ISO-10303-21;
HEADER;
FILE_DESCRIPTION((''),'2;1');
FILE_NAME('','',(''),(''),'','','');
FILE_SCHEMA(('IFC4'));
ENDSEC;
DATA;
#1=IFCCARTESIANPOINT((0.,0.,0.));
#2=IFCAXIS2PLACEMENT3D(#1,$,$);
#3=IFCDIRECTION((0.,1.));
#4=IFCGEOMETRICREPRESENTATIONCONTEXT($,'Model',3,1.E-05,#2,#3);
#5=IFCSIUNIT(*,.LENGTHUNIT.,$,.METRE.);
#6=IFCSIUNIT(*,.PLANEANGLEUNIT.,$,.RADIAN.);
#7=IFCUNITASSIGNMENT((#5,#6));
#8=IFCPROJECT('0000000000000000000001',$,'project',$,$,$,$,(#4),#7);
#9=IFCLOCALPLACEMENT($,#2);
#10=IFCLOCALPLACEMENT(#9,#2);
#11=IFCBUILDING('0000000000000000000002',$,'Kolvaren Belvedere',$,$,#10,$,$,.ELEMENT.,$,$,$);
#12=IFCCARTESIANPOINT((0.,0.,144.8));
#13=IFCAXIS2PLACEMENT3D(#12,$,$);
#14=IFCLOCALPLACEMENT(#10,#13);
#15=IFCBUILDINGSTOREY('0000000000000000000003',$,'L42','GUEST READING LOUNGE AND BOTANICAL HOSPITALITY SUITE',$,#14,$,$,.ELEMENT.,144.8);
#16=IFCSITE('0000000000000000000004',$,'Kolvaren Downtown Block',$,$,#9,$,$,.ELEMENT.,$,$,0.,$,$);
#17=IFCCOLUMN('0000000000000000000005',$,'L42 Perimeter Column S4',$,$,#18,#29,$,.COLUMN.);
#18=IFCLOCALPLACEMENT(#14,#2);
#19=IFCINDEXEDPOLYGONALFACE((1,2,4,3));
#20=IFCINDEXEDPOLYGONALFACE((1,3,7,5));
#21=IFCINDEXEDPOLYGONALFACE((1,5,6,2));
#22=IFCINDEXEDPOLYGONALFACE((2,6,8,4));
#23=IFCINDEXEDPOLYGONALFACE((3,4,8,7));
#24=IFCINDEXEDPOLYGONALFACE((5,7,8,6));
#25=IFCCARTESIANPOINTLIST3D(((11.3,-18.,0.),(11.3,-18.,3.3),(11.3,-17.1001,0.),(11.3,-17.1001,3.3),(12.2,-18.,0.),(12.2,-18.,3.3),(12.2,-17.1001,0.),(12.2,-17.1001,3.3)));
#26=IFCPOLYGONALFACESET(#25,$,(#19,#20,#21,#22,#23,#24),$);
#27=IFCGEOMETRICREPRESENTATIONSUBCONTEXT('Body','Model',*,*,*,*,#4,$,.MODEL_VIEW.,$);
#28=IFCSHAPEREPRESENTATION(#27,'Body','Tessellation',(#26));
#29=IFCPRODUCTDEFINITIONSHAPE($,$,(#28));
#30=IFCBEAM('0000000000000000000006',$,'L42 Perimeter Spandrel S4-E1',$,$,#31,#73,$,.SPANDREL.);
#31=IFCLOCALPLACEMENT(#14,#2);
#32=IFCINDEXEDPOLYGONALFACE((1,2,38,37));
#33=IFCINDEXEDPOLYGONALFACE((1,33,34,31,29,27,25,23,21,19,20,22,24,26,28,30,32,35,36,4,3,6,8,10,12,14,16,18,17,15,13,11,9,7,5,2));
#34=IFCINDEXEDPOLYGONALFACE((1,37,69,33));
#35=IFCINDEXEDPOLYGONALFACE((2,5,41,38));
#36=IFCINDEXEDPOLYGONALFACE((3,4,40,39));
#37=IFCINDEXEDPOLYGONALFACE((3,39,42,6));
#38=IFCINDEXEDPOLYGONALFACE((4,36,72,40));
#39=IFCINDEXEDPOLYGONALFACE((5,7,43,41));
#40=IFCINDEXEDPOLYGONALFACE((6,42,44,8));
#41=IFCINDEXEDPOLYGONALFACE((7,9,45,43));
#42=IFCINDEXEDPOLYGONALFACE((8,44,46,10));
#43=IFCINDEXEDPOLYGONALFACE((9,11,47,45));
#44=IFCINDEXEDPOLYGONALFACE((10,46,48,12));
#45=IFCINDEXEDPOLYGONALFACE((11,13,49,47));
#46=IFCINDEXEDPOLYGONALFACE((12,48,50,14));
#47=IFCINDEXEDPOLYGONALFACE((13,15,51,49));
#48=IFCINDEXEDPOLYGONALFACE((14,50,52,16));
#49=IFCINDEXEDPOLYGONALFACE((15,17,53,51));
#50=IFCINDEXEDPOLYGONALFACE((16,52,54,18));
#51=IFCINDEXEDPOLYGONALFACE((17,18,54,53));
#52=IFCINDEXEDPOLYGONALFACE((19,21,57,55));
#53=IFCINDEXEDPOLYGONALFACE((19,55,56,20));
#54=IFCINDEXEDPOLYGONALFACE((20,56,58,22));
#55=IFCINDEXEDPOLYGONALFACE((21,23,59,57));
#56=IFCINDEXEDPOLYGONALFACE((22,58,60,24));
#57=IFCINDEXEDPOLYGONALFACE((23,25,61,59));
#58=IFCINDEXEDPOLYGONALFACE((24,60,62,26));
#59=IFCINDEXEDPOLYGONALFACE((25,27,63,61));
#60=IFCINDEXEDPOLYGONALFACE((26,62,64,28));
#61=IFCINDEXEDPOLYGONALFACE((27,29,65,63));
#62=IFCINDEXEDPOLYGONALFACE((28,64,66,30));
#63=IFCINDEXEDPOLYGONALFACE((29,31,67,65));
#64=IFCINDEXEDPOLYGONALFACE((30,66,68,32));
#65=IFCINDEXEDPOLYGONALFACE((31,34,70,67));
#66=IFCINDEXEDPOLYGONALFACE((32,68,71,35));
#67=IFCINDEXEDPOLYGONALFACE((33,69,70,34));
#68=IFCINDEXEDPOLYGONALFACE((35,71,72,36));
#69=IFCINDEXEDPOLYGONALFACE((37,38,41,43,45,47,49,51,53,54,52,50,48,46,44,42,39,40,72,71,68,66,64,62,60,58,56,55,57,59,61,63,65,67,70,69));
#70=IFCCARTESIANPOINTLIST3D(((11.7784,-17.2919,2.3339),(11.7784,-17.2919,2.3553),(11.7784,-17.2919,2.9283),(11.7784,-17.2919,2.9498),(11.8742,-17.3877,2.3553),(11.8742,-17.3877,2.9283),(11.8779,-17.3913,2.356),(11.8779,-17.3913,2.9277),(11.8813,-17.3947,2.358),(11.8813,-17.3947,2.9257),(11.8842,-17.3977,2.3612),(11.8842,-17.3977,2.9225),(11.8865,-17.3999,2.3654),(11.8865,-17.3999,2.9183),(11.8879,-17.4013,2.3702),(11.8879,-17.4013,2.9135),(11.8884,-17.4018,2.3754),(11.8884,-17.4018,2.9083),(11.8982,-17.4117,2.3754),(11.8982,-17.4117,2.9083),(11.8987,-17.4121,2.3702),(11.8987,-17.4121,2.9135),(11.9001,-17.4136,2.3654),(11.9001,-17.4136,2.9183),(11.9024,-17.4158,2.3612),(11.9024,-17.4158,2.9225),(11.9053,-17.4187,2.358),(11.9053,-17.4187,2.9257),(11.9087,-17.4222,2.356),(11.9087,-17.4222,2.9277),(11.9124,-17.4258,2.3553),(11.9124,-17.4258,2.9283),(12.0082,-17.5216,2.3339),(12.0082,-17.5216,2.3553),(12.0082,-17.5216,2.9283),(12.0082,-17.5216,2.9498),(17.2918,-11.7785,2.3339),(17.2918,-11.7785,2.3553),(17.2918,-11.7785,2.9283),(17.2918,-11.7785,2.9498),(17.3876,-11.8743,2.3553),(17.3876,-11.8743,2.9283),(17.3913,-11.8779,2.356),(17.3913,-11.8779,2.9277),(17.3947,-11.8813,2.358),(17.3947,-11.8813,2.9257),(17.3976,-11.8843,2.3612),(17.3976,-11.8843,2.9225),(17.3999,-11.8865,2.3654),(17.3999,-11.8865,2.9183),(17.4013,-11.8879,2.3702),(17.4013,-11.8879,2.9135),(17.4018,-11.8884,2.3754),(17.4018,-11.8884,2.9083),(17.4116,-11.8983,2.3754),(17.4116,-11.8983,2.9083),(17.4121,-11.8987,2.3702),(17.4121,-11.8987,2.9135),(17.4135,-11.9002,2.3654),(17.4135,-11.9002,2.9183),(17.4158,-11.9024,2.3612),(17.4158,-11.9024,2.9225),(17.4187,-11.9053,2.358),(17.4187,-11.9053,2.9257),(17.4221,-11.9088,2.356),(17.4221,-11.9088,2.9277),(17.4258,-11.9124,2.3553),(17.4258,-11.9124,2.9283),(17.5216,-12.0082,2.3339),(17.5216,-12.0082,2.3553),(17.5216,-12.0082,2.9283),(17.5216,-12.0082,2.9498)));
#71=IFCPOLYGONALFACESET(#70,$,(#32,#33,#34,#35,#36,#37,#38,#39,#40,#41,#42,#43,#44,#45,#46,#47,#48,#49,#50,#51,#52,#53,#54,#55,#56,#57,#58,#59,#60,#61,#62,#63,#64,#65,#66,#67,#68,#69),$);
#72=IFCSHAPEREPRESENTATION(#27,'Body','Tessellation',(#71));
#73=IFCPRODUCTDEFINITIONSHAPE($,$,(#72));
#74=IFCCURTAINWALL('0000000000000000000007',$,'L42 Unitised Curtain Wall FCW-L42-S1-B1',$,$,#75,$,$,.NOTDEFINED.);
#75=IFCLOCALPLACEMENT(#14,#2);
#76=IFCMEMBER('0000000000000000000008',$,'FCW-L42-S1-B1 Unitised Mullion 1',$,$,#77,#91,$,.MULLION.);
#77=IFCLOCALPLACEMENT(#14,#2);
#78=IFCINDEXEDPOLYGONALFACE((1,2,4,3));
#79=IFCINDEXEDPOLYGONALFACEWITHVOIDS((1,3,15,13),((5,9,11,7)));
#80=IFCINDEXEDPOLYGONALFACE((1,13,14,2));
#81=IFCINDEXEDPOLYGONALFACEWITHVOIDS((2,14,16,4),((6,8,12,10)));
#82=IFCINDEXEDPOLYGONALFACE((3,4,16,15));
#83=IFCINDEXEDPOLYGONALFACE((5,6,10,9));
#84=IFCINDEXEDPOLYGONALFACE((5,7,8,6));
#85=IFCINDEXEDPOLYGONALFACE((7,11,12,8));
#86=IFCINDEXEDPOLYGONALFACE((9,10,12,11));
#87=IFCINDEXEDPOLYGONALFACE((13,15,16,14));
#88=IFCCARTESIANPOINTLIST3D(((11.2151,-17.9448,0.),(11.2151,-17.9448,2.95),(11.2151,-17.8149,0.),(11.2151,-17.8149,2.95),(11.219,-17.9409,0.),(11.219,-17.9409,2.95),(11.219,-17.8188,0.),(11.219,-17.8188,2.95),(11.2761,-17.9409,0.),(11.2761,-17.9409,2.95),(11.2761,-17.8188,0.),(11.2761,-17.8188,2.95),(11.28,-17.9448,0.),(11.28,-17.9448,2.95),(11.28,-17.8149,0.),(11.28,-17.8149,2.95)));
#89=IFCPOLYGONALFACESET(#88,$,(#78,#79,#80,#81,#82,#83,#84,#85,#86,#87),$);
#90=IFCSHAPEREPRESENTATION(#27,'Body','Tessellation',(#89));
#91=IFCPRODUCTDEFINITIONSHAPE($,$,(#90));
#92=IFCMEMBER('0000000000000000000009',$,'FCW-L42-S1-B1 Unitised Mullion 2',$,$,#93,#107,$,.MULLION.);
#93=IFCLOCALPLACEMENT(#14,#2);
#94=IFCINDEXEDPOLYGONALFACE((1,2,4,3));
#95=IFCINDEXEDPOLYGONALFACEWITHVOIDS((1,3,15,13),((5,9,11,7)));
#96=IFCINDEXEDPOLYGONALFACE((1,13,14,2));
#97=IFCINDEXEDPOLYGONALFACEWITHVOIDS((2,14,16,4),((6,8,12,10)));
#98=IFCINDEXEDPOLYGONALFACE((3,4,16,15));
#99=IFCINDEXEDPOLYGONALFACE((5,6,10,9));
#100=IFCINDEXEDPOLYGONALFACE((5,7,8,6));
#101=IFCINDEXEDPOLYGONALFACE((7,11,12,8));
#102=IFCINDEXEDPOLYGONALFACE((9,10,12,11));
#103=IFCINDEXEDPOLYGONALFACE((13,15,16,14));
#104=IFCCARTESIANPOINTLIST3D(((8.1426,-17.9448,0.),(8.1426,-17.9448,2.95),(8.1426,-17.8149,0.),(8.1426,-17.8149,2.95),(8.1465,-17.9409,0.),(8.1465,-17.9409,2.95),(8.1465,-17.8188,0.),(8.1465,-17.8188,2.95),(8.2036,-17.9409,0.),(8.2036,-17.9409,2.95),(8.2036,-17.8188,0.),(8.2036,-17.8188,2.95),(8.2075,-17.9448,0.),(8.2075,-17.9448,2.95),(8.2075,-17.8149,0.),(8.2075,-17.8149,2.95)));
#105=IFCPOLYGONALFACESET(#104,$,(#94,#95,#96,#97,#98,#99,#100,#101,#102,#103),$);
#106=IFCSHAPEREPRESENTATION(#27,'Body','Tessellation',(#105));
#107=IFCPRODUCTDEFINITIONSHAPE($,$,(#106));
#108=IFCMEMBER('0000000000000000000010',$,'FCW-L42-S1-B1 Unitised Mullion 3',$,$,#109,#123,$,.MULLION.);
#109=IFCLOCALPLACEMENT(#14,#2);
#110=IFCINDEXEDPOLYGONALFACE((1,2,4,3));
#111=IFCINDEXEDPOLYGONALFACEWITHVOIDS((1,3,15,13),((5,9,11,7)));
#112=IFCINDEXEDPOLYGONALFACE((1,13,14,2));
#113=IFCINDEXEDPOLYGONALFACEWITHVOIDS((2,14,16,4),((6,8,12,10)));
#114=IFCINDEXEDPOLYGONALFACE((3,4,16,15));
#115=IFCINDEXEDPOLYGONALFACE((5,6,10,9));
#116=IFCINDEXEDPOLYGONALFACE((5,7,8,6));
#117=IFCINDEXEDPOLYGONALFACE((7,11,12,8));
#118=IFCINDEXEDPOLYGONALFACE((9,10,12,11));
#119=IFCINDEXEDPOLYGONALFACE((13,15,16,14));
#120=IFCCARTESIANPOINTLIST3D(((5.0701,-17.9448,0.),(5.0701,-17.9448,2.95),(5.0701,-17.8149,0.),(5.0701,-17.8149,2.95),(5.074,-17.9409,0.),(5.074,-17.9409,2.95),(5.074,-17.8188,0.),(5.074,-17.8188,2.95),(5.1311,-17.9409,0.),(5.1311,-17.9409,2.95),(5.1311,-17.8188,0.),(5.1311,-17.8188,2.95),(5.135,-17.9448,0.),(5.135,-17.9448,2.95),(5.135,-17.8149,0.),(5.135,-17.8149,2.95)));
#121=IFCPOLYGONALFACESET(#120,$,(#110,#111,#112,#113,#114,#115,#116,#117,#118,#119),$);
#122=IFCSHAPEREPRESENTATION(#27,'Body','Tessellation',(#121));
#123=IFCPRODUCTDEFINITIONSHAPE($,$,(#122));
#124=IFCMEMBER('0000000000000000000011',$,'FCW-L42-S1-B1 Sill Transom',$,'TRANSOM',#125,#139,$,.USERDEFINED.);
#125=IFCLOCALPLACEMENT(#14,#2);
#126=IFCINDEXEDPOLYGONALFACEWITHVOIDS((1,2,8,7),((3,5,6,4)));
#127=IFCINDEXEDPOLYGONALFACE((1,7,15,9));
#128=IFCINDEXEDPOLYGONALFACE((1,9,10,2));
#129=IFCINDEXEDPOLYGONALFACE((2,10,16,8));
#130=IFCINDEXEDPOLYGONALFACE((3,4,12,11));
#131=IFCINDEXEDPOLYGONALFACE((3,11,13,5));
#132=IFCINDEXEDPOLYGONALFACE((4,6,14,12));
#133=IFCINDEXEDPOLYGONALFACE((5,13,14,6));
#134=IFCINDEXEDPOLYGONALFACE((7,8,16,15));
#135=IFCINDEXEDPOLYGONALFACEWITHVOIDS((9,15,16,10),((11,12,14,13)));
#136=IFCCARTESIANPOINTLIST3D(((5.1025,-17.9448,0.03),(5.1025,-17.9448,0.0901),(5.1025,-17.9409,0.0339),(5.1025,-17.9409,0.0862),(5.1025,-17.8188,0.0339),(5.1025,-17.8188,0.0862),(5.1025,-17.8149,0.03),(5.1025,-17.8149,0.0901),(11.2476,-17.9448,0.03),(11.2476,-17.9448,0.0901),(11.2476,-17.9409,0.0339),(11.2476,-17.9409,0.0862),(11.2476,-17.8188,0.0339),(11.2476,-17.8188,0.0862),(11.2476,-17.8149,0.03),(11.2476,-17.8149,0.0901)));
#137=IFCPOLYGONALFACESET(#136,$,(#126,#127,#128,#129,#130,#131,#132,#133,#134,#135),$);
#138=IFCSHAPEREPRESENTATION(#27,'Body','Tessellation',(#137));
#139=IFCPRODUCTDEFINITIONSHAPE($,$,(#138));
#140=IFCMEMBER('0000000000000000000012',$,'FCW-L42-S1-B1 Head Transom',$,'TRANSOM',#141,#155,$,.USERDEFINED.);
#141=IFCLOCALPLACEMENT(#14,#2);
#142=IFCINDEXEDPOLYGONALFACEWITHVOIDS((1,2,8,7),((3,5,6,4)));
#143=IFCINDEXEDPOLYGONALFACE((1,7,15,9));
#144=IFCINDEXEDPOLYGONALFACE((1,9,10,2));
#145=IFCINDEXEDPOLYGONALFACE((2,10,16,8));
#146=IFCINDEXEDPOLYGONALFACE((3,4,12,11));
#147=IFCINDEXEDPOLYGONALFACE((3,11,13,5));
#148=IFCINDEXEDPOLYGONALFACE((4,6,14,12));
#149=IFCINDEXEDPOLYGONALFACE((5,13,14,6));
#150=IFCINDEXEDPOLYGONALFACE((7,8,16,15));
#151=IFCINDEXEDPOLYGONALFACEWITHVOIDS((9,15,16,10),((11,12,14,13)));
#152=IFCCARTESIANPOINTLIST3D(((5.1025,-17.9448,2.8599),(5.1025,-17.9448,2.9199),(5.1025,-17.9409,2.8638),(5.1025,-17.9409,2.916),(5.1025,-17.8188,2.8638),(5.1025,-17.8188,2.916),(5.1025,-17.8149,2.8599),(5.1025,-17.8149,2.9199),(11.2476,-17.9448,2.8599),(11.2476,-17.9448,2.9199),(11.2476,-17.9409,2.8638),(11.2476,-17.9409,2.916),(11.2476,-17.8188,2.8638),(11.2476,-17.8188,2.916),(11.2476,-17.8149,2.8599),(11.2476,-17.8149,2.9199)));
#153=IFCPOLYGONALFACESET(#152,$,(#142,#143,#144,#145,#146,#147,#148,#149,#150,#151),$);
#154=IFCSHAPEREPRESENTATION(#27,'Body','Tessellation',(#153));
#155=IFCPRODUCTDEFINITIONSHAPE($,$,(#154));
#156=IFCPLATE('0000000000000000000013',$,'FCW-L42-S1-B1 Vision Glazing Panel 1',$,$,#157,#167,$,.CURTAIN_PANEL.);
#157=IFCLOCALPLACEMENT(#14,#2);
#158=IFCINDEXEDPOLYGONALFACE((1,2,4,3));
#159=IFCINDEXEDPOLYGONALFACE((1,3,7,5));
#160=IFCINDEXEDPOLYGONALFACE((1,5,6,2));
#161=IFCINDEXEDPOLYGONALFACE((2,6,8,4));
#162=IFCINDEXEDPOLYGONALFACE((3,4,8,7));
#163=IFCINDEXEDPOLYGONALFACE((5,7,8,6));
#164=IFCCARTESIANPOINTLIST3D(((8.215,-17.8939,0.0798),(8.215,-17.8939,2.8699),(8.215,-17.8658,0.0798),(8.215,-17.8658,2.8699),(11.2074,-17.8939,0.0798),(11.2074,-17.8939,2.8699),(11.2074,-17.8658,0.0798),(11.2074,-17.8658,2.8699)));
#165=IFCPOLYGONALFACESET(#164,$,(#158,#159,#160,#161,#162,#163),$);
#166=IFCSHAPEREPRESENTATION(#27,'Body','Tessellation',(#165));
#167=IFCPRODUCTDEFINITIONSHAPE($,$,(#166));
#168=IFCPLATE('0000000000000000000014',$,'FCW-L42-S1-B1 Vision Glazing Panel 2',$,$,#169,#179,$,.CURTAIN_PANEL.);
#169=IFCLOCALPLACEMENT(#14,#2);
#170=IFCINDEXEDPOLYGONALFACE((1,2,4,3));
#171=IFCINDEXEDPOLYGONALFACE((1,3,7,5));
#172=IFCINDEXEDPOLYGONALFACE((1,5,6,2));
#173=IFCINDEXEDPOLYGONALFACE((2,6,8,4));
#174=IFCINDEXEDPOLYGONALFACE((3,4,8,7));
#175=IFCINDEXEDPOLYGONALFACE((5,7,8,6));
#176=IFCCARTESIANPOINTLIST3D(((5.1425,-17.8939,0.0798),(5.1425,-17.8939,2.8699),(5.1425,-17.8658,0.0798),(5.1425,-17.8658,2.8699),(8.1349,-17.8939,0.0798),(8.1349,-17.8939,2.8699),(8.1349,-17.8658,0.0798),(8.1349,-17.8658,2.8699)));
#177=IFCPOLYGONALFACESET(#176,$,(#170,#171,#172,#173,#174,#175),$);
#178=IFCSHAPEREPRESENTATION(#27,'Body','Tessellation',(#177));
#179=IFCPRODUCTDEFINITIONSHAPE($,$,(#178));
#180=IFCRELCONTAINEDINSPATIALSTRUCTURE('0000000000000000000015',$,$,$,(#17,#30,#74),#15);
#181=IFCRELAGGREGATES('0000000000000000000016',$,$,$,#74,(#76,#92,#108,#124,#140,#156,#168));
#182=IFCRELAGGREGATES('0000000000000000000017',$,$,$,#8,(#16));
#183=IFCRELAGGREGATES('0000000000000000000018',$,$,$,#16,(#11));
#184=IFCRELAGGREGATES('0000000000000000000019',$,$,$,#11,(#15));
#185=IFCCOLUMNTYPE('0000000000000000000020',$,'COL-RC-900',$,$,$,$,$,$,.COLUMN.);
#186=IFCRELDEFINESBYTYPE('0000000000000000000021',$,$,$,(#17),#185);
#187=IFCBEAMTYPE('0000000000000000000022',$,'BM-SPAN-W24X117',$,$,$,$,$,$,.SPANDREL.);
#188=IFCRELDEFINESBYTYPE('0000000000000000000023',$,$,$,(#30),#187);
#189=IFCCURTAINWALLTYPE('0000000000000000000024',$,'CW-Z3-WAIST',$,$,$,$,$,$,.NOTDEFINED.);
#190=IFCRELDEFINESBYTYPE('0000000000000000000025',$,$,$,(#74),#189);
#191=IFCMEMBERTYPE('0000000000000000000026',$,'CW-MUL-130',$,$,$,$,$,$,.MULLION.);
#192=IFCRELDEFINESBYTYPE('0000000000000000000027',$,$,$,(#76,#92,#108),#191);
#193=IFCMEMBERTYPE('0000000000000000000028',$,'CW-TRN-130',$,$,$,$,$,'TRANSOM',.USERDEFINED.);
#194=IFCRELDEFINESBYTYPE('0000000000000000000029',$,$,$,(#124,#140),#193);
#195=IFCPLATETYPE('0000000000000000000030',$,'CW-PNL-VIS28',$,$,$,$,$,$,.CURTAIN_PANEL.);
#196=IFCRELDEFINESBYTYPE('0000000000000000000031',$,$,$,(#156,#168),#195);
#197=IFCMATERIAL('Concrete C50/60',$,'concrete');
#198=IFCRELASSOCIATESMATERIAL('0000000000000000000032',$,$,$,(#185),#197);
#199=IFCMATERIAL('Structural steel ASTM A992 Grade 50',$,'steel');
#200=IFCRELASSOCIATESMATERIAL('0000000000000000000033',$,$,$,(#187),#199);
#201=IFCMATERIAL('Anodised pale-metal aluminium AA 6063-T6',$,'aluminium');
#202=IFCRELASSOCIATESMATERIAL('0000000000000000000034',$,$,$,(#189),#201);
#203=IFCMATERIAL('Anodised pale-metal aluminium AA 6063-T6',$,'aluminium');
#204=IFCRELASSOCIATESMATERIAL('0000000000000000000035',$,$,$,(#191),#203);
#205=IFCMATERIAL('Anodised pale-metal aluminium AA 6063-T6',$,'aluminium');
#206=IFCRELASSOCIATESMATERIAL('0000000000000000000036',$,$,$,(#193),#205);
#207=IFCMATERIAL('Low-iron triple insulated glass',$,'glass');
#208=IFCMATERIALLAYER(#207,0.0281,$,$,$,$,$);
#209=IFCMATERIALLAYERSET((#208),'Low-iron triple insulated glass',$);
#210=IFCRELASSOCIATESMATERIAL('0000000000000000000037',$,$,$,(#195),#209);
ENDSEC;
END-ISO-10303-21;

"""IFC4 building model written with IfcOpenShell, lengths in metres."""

from ifc_helpers import new_model, si_unit, direction, frame, origin, origin_2d, place, context, subcontext, project, spatial, rectangle, hollow_rectangle, i_section, extrude, material, layer, layer_set, material_profile, profile_set, type_object, element, aggregate, save


model = new_model("IFC4")

# Units and contexts
model_context = context("Model", 3, precision=1e-05, world=origin(), true_north=direction((0.0, 1.0)))
body_context = subcontext(model_context, "Body", "Model", "MODEL_VIEW")
ifc_project = project(units=[si_unit("LENGTHUNIT", "METRE"), si_unit("PLANEANGLEUNIT", "RADIAN")], contexts=[model_context])

# Site, building, storey
site_placement = place(None, origin())
site = spatial("IfcSite", under=ifc_project, at=site_placement, Name="Kolvaren Downtown Block", CompositionType="ELEMENT", RefElevation=0.0)
building_placement = place(site_placement, origin())
building = spatial("IfcBuilding", under=site, at=building_placement, Name="Kolvaren Belvedere", CompositionType="ELEMENT")
storey_placement = place(building_placement, frame((0.0, 0.0, 144.8)))
storey = spatial("IfcBuildingStorey", under=building, at=storey_placement, Name="L42", Description="GUEST READING LOUNGE AND BOTANICAL HOSPITALITY SUITE", CompositionType="ELEMENT", Elevation=144.8)

# Column
ifc_material_1 = material(Name="Concrete C50/60", Category="concrete")
ifc_material_profile_1 = material_profile(ifc_material_1, rectangle(XDim=0.8999, YDim=0.8999, at=origin_2d()), Name="RC 900X900")
ifc_profile_set_1 = profile_set([ifc_material_profile_1], Name="Concrete C50/60")
column_type = type_object("IfcColumnType", Name="COL-RC-900", PredefinedType="COLUMN", material=ifc_profile_set_1)
column_placement = place(storey_placement, frame((11.75, -17.55, 0.0), z_axis=(0.0, 0.0, 1.0), x_axis=(1.0, 0.0, 0.0)))
element("IfcColumn", 1, at=column_placement, inside=storey, type_object=column_type, Name="L42 Perimeter Column S4", PredefinedType="COLUMN", context=body_context, shape_type="SweptSolid", body=[
    extrude(rectangle(XDim=0.8999, YDim=0.8999, at=origin_2d()), origin(), (0.0, 0.0, 1.0), 3.3),
])

# Beam
ifc_material_2 = material(Name="Structural steel ASTM A992 Grade 50", Category="steel")
ifc_material_profile_2 = material_profile(ifc_material_2, i_section(OverallWidth=0.325, OverallDepth=0.616, WebThickness=0.0139, FlangeThickness=0.0215, FilletRadius=0.02, at=origin_2d()), Name="W24X117")
ifc_profile_set_2 = profile_set([ifc_material_profile_2], Name="Structural steel ASTM A992 Grade 50")
beam_type = type_object("IfcBeamType", Name="BM-SPAN-W24X117", PredefinedType="SPANDREL", material=ifc_profile_set_2)
beam_placement = place(storey_placement, frame((11.8933, -17.4067, 2.6418), z_axis=(0.707107, 0.707107, 0.0), x_axis=(-0.707107, 0.707107, 0.0)))
element("IfcBeam", 2, at=beam_placement, inside=storey, type_object=beam_type, Name="L42 Perimeter Spandrel S4-E1", PredefinedType="SPANDREL", context=body_context, shape_type="SweptSolid", body=[
    extrude(i_section(OverallWidth=0.325, OverallDepth=0.616, WebThickness=0.0139, FlangeThickness=0.0215, FilletRadius=0.02, at=origin_2d()), origin(), (0.0, 0.0, 1.0), 7.7971),
])

# Curtain wall, members, plates
ifc_material_3 = material(Name="Anodised pale-metal aluminium AA 6063-T6", Category="aluminium")
curtain_wall_type = type_object("IfcCurtainWallType", Name="CW-Z3-WAIST", PredefinedType="NOTDEFINED", material=ifc_material_3)
curtain_wall_placement = place(storey_placement, origin())
curtain_wall = element("IfcCurtainWall", 3, at=curtain_wall_placement, inside=storey, type_object=curtain_wall_type, Name="L42 Unitised Curtain Wall FCW-L42-S1-B1", PredefinedType="NOTDEFINED")
ifc_material_4 = material(Name="Anodised pale-metal aluminium AA 6063-T6", Category="aluminium")
ifc_material_profile_3 = material_profile(ifc_material_4, hollow_rectangle(XDim=0.0649, YDim=0.1299, WallThickness=0.0039, at=origin_2d()), Name="ALU-MUL-130X65")
ifc_profile_set_3 = profile_set([ifc_material_profile_3], Name="Anodised pale-metal aluminium AA 6063-T6")
member_type_1 = type_object("IfcMemberType", Name="CW-MUL-130", PredefinedType="MULLION", material=ifc_profile_set_3)
member_1_placement = place(storey_placement, frame((11.2476, -17.8799, 0.0), z_axis=(0.0, 0.0, 1.0), x_axis=(1.0, 0.0, 0.0)))
member_1 = element("IfcMember", 4, at=member_1_placement, type_object=member_type_1, Name="FCW-L42-S1-B1 Unitised Mullion 1", PredefinedType="MULLION", context=body_context, shape_type="SweptSolid", body=[
    extrude(hollow_rectangle(XDim=0.0649, YDim=0.1299, WallThickness=0.0039, at=origin_2d()), origin(), (0.0, 0.0, 1.0), 2.95),
])
member_2_placement = place(storey_placement, frame((8.175, -17.8799, 0.0), z_axis=(0.0, 0.0, 1.0), x_axis=(1.0, 0.0, 0.0)))
member_2 = element("IfcMember", 5, at=member_2_placement, type_object=member_type_1, Name="FCW-L42-S1-B1 Unitised Mullion 2", PredefinedType="MULLION", context=body_context, shape_type="SweptSolid", body=[
    extrude(hollow_rectangle(XDim=0.0649, YDim=0.1299, WallThickness=0.0039, at=origin_2d()), origin(), (0.0, 0.0, 1.0), 2.95),
])
member_3_placement = place(storey_placement, frame((5.1025, -17.8799, 0.0), z_axis=(0.0, 0.0, 1.0), x_axis=(1.0, 0.0, 0.0)))
member_3 = element("IfcMember", 6, at=member_3_placement, type_object=member_type_1, Name="FCW-L42-S1-B1 Unitised Mullion 3", PredefinedType="MULLION", context=body_context, shape_type="SweptSolid", body=[
    extrude(hollow_rectangle(XDim=0.0649, YDim=0.1299, WallThickness=0.0039, at=origin_2d()), origin(), (0.0, 0.0, 1.0), 2.95),
])
ifc_material_5 = material(Name="Anodised pale-metal aluminium AA 6063-T6", Category="aluminium")
ifc_material_profile_4 = material_profile(ifc_material_5, hollow_rectangle(XDim=0.0601, YDim=0.1299, WallThickness=0.0039, at=origin_2d()), Name="ALU-TRN-130X60")
ifc_profile_set_4 = profile_set([ifc_material_profile_4], Name="Anodised pale-metal aluminium AA 6063-T6")
member_type_2 = type_object("IfcMemberType", Name="CW-TRN-130", ElementType="TRANSOM", PredefinedType="USERDEFINED", material=ifc_profile_set_4)
member_4_placement = place(storey_placement, frame((11.2476, -17.8799, 0.0601), z_axis=(-1.0, 0.0, 0.0), x_axis=(0.0, 0.0, 1.0)))
member_4 = element("IfcMember", 7, at=member_4_placement, type_object=member_type_2, Name="FCW-L42-S1-B1 Sill Transom", ObjectType="TRANSOM", PredefinedType="USERDEFINED", context=body_context, shape_type="SweptSolid", body=[
    extrude(hollow_rectangle(XDim=0.0601, YDim=0.1299, WallThickness=0.0039, at=origin_2d()), origin(), (0.0, 0.0, 1.0), 6.145),
])
member_5_placement = place(storey_placement, frame((11.2476, -17.8799, 2.8899), z_axis=(-1.0, 0.0, 0.0), x_axis=(0.0, 0.0, 1.0)))
member_5 = element("IfcMember", 8, at=member_5_placement, type_object=member_type_2, Name="FCW-L42-S1-B1 Head Transom", ObjectType="TRANSOM", PredefinedType="USERDEFINED", context=body_context, shape_type="SweptSolid", body=[
    extrude(hollow_rectangle(XDim=0.0601, YDim=0.1299, WallThickness=0.0039, at=origin_2d()), origin(), (0.0, 0.0, 1.0), 6.145),
])
ifc_material_6 = material(Name="Low-iron triple insulated glass", Category="glass")
ifc_layer_1 = layer(ifc_material_6, 0.0281)
ifc_layer_set_1 = layer_set([ifc_layer_1], Name="Low-iron triple insulated glass")
plate_type_1 = type_object("IfcPlateType", Name="CW-PNL-VIS28", PredefinedType="CURTAIN_PANEL", material=ifc_layer_set_1)
plate_1_placement = place(storey_placement, frame((9.7112, -17.8799, 0.0798), z_axis=(0.0, 0.0, 1.0), x_axis=(-1.0, 0.0, 0.0)))
plate_1 = element("IfcPlate", 9, at=plate_1_placement, type_object=plate_type_1, Name="FCW-L42-S1-B1 Vision Glazing Panel 1", PredefinedType="CURTAIN_PANEL", context=body_context, shape_type="SweptSolid", body=[
    extrude(rectangle(XDim=2.9924, YDim=0.0281, at=origin_2d()), origin(), (0.0, 0.0, 1.0), 2.79),
])
plate_2_placement = place(storey_placement, frame((6.6387, -17.8799, 0.0798), z_axis=(0.0, 0.0, 1.0), x_axis=(-1.0, 0.0, 0.0)))
plate_2 = element("IfcPlate", 10, at=plate_2_placement, type_object=plate_type_1, Name="FCW-L42-S1-B1 Vision Glazing Panel 2", PredefinedType="CURTAIN_PANEL", context=body_context, shape_type="SweptSolid", body=[
    extrude(rectangle(XDim=2.9924, YDim=0.0281, at=origin_2d()), origin(), (0.0, 0.0, 1.0), 2.79),
])
aggregate(curtain_wall, [member_1, member_2, member_3, member_4, member_5, plate_1, plate_2])

save(model, "model.ifc")
